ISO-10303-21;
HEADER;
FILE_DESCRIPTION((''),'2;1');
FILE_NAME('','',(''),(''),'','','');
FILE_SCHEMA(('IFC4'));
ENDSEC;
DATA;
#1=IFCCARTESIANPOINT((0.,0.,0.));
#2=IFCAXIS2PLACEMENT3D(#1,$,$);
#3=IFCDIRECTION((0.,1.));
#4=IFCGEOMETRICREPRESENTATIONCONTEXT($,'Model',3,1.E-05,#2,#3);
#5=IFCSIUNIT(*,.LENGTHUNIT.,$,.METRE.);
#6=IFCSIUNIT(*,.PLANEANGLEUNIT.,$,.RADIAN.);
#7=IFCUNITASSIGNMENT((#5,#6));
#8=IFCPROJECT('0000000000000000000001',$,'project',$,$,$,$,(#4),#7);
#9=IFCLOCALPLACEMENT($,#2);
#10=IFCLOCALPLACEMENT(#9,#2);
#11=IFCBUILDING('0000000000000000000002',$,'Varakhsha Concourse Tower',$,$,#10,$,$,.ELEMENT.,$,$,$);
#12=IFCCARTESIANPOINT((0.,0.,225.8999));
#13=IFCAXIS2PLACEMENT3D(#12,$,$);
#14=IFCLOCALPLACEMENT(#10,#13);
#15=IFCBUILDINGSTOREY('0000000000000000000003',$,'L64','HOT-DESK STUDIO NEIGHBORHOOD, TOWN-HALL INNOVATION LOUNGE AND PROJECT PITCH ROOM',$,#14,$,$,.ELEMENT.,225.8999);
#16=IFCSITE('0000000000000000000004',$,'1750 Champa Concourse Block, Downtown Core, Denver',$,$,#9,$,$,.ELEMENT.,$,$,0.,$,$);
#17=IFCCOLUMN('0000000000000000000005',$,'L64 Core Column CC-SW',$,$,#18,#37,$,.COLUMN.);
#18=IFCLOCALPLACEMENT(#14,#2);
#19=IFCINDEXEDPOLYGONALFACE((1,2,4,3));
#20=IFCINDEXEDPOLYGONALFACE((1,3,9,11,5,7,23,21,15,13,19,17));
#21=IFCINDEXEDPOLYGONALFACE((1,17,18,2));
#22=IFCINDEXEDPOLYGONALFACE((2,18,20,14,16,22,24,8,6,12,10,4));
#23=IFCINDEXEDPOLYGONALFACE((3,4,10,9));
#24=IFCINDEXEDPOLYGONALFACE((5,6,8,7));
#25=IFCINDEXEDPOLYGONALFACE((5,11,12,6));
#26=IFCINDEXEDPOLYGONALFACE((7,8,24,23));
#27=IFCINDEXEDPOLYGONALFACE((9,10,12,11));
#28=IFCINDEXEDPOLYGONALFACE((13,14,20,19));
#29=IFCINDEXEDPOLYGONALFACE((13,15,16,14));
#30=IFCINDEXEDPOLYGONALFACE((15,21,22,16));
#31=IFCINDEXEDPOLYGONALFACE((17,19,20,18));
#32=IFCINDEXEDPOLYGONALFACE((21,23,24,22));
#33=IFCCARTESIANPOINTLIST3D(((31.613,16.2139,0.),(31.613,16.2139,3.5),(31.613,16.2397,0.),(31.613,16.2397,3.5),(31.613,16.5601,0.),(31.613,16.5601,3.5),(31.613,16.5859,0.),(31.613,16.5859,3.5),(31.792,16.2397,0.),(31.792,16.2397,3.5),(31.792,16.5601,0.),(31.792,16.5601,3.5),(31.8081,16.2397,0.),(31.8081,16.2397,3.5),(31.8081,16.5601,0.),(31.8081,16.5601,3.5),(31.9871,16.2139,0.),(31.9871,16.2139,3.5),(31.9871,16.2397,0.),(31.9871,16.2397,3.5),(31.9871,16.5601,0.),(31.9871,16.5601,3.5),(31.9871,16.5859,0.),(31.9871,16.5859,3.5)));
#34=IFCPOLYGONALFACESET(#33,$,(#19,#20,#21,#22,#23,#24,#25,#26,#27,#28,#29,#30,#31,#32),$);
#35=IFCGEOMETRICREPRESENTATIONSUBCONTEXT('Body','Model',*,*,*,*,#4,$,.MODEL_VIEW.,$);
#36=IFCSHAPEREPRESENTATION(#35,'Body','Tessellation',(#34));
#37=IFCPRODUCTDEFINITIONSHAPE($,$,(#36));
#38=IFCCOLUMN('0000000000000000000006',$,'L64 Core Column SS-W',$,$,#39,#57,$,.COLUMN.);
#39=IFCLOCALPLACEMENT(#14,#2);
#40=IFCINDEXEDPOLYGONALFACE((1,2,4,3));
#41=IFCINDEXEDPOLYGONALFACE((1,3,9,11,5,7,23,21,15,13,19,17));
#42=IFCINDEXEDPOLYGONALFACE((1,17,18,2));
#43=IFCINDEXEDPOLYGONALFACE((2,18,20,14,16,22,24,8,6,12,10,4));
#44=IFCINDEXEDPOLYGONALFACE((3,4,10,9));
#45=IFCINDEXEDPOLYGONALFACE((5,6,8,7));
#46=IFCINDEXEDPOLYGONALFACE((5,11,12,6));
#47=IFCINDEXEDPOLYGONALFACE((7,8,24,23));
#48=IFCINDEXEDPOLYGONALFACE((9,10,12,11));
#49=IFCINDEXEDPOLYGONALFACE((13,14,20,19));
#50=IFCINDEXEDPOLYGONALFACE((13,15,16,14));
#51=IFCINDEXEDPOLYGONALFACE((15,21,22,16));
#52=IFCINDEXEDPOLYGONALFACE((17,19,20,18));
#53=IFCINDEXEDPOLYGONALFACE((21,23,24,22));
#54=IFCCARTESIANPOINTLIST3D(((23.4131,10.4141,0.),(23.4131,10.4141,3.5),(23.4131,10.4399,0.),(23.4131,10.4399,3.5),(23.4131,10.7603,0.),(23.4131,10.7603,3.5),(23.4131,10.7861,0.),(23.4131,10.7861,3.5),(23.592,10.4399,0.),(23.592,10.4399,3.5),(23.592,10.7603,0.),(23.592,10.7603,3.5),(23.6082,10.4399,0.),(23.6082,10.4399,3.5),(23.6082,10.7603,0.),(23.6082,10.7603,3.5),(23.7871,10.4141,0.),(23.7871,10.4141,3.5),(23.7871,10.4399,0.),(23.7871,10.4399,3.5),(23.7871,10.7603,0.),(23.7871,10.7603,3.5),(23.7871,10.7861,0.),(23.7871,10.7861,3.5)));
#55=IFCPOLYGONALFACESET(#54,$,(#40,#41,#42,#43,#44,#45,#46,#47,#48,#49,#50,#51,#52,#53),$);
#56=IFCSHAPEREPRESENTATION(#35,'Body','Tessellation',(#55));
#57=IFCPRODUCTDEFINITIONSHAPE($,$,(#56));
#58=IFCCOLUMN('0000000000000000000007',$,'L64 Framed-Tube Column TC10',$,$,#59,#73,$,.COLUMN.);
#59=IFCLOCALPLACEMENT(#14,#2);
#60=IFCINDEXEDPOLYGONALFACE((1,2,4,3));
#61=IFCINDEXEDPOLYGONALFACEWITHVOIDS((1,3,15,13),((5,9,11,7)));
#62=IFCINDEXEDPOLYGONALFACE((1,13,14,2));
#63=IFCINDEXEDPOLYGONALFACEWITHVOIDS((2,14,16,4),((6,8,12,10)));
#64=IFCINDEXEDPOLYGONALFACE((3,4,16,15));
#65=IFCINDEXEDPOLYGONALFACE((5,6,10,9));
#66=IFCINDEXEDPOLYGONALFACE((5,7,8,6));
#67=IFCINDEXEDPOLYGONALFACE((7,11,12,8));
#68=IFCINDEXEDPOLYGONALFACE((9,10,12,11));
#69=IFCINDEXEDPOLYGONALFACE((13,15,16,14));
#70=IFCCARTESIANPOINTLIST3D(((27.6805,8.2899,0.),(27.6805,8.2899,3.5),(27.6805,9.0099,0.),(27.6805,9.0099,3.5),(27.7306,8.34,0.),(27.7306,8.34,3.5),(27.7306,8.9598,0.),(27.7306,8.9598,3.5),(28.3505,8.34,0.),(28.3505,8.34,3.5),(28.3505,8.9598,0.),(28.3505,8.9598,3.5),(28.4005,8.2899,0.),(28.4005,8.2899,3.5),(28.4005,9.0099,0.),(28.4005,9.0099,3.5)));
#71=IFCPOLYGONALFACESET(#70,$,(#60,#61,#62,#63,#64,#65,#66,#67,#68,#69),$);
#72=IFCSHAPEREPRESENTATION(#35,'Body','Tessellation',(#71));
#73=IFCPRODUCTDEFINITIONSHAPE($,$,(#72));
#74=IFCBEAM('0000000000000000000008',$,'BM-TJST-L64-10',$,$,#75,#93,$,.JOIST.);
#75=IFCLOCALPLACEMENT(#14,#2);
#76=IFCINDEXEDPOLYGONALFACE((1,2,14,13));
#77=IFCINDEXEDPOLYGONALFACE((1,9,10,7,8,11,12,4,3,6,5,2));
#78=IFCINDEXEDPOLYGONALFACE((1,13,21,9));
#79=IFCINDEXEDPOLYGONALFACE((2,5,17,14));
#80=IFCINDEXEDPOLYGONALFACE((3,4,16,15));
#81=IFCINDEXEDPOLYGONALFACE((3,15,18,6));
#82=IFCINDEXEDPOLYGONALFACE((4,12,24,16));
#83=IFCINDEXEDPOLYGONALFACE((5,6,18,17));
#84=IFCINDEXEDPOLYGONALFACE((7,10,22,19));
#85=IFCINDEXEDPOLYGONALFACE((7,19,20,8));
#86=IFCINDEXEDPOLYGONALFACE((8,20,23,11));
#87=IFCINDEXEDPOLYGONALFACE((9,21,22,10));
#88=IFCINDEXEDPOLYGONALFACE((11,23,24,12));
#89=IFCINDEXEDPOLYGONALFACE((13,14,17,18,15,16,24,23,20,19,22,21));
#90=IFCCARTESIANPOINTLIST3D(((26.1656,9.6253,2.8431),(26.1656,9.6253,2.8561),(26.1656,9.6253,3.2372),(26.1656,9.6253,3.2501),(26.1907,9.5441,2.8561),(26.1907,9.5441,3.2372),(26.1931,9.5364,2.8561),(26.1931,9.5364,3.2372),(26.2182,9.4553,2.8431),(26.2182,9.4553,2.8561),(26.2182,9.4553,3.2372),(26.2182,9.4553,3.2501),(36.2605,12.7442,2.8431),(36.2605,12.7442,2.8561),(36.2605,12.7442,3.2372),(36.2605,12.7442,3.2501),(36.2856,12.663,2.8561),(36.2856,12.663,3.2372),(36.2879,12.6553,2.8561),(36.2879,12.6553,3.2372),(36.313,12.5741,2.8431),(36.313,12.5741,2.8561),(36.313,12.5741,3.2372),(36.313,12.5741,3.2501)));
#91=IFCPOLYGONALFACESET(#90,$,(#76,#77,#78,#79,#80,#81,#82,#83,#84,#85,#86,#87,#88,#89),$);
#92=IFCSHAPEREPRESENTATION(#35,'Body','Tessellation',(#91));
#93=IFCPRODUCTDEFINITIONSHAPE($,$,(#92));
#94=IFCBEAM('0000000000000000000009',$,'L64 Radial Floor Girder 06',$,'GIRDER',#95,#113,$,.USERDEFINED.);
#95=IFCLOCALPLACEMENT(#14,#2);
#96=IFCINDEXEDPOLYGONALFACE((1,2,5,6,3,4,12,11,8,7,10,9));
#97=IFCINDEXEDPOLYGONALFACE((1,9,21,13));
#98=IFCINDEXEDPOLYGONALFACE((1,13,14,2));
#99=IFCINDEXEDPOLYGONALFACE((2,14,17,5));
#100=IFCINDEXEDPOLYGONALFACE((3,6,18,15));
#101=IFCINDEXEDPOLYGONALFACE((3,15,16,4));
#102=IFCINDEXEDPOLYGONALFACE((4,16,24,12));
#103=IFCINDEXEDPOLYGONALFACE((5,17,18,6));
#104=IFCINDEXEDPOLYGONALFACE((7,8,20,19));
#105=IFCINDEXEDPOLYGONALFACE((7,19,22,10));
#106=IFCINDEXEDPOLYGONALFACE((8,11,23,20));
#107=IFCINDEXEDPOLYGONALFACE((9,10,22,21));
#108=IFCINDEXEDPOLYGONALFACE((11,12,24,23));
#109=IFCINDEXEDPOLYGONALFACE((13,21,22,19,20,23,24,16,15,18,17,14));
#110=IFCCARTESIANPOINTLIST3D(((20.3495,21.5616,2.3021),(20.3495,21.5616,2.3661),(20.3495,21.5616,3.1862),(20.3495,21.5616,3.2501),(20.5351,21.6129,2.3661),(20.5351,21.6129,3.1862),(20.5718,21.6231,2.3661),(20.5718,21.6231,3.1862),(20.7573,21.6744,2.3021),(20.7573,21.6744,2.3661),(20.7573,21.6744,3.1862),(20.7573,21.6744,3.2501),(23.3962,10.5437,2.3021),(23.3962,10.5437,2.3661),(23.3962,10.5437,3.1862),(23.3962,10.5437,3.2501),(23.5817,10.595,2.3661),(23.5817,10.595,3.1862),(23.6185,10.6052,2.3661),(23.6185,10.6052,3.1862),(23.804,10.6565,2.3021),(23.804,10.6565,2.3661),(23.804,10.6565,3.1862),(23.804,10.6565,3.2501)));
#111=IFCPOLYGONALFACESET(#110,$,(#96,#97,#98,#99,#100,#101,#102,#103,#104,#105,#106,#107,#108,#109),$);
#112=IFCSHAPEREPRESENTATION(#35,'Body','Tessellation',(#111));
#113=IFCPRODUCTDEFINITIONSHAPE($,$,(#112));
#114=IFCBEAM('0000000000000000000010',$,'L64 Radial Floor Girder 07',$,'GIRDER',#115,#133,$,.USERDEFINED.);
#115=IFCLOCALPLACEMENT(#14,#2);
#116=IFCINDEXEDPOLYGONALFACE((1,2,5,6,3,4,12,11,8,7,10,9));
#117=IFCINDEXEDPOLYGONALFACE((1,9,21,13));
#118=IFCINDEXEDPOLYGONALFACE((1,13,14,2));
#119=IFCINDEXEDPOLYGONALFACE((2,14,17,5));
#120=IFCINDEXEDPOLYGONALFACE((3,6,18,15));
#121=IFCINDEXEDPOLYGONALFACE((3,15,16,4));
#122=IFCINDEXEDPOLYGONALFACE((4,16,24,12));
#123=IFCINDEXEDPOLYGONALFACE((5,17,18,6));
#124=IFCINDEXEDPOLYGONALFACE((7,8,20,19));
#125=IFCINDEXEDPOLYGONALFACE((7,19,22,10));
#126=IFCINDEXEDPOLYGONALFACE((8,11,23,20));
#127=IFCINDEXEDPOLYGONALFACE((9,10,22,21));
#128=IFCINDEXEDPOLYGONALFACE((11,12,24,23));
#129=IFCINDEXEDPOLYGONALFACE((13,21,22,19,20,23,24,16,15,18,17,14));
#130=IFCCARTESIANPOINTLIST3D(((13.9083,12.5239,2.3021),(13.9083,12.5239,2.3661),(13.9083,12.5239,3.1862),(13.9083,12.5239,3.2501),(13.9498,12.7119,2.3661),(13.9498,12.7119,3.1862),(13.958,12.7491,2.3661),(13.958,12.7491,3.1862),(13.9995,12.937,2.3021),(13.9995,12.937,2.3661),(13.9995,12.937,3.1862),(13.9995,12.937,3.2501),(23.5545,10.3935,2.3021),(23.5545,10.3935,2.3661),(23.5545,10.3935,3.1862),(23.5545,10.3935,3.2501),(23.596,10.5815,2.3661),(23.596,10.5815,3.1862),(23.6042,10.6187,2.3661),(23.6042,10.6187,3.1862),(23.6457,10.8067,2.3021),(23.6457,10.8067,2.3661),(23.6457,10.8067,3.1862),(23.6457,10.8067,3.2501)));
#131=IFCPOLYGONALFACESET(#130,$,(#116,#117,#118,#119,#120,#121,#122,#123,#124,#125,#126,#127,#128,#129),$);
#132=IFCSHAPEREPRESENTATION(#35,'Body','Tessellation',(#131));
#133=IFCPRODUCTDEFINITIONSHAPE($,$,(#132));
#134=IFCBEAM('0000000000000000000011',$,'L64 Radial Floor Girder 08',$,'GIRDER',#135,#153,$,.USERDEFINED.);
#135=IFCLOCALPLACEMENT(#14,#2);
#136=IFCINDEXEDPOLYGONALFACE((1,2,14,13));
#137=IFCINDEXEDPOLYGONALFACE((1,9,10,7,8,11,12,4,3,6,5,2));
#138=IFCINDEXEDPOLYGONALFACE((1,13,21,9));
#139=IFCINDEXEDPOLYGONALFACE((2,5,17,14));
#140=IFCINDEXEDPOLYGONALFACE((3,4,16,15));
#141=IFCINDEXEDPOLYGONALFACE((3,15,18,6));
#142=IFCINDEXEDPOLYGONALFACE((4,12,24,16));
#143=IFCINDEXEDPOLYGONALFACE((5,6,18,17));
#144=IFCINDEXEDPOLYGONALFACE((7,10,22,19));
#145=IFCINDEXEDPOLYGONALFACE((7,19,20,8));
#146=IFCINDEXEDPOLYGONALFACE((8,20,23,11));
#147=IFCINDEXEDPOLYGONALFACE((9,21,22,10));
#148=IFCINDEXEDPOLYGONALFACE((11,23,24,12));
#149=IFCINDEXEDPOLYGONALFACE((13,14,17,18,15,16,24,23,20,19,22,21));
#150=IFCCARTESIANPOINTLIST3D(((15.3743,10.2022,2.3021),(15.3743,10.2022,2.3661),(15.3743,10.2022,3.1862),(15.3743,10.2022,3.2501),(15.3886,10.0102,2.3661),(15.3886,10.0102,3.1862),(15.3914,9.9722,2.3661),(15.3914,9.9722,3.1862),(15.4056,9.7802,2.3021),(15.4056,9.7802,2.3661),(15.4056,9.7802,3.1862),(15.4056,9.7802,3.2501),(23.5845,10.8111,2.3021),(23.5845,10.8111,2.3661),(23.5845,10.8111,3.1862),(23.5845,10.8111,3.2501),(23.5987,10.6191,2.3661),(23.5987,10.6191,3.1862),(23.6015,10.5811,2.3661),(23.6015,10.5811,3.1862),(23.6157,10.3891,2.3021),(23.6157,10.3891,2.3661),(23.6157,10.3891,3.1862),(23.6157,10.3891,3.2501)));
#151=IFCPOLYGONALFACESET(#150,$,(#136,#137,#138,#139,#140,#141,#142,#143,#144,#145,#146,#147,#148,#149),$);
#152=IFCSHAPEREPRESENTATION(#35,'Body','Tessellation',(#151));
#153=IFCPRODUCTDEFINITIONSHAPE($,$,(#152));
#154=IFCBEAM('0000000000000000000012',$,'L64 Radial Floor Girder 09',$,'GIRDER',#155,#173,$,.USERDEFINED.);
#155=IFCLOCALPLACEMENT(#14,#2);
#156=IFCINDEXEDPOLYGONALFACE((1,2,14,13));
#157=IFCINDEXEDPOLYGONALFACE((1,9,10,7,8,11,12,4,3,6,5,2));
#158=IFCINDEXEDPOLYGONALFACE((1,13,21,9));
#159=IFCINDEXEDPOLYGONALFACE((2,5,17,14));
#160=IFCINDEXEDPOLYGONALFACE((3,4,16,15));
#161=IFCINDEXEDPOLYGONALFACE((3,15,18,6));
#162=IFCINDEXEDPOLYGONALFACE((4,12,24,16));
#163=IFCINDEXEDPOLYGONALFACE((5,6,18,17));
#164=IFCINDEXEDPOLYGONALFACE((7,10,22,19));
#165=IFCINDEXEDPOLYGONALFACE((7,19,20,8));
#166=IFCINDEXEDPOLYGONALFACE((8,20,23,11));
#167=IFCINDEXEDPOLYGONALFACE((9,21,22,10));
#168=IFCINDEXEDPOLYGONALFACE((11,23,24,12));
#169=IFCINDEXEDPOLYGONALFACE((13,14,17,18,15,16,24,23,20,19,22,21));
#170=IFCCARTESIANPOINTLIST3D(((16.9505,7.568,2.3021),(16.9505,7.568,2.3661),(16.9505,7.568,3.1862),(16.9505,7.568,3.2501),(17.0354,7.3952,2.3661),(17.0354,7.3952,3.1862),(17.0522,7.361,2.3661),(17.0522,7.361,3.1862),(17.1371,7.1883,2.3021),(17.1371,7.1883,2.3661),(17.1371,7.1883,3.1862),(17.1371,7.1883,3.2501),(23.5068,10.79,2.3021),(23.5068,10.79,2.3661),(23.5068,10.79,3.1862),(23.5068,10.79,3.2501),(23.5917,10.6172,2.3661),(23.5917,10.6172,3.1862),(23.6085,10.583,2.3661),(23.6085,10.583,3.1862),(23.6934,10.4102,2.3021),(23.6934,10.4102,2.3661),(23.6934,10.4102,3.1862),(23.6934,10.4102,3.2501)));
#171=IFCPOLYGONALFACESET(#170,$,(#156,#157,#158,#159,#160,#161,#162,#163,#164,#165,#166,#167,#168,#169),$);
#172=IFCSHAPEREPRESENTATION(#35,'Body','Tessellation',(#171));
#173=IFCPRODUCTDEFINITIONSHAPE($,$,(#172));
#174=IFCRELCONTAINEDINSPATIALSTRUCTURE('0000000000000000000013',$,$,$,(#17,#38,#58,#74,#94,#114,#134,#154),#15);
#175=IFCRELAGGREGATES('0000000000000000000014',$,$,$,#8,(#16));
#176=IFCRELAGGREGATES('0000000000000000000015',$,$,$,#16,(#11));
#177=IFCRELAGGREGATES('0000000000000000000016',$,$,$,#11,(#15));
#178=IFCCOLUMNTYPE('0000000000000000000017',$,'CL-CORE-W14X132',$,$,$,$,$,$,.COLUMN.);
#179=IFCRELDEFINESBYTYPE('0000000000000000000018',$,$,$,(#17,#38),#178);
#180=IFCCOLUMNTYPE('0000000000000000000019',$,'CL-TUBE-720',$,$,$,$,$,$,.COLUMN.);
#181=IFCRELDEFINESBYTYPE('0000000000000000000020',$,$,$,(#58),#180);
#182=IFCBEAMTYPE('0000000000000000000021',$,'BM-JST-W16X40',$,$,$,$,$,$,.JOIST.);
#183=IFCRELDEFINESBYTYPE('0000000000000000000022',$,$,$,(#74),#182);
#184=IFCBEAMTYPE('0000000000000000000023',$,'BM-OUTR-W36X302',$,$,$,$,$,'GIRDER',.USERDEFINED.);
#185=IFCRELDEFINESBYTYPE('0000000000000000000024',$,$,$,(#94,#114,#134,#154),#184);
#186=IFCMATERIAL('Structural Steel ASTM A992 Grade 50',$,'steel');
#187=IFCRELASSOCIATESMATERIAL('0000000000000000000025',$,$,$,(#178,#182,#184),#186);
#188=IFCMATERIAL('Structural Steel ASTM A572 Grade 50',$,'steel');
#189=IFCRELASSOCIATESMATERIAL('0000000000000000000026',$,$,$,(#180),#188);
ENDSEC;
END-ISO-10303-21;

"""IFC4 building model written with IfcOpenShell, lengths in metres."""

from ifc_helpers import new_model, si_unit, direction, frame, origin, origin_2d, place, context, subcontext, project, spatial, hollow_rectangle, i_section, extrude, material, material_profile, profile_set, type_object, element, save


model = new_model("IFC4")

# Units and contexts
model_context = context("Model", 3, precision=1e-05, world=origin(), true_north=direction((0.0, 1.0)))
body_context = subcontext(model_context, "Body", "Model", "MODEL_VIEW")
ifc_project = project(units=[si_unit("LENGTHUNIT", "METRE"), si_unit("PLANEANGLEUNIT", "RADIAN")], contexts=[model_context])

# Site, building, storey
site_placement = place(None, origin())
site = spatial("IfcSite", under=ifc_project, at=site_placement, Name="1750 Champa Concourse Block, Downtown Core, Denver", CompositionType="ELEMENT", RefElevation=0.0)
building_placement = place(site_placement, origin())
building = spatial("IfcBuilding", under=site, at=building_placement, Name="Varakhsha Concourse Tower", CompositionType="ELEMENT")
storey_placement = place(building_placement, frame((0.0, 0.0, 225.8999)))
storey = spatial("IfcBuildingStorey", under=building, at=storey_placement, Name="L64", Description="HOT-DESK STUDIO NEIGHBORHOOD, TOWN-HALL INNOVATION LOUNGE AND PROJECT PITCH ROOM", CompositionType="ELEMENT", Elevation=225.8999)

# Columns
ifc_material_1 = material(Name="Structural Steel ASTM A992 Grade 50", Category="steel")
ifc_material_profile_1 = material_profile(ifc_material_1, i_section(OverallWidth=0.374, OverallDepth=0.3721, WebThickness=0.0161, FlangeThickness=0.0259, at=origin_2d()), Name="W14X132")
ifc_profile_set_1 = profile_set([ifc_material_profile_1], Name="Structural Steel ASTM A992 Grade 50")
column_type_1 = type_object("IfcColumnType", Name="CL-CORE-W14X132", PredefinedType="COLUMN", material=ifc_profile_set_1)
for number, where, z_axis, x_axis, name in (
    (1, (31.8, 16.3999, 0.0), (0.0, 0.0, 1.0), (1.0, 0.0, 0.0), "L64 Core Column CC-SW"),
    (2, (23.6001, 10.6001, 0.0), (0.0, 0.0, 1.0), (1.0, 0.0, 0.0), "L64 Core Column SS-W"),
):
    element("IfcColumn", number, at=place(storey_placement, frame(where, z_axis=z_axis, x_axis=x_axis)), inside=storey, type_object=column_type_1, Name=name, PredefinedType="COLUMN", context=body_context, shape_type="SweptSolid", body=[
        extrude(i_section(OverallWidth=0.374, OverallDepth=0.3721, WebThickness=0.0161, FlangeThickness=0.0259, at=origin_2d()), origin(), (0.0, 0.0, 1.0), 3.5),
    ])
ifc_material_2 = material(Name="Structural Steel ASTM A572 Grade 50", Category="steel")
ifc_material_profile_2 = material_profile(ifc_material_2, hollow_rectangle(XDim=0.72, YDim=0.72, WallThickness=0.05, at=origin_2d()), Name="BOX 720x720x50")
ifc_profile_set_2 = profile_set([ifc_material_profile_2], Name="Structural Steel ASTM A572 Grade 50")
column_type_2 = type_object("IfcColumnType", Name="CL-TUBE-720", PredefinedType="COLUMN", material=ifc_profile_set_2)
column_placement = place(storey_placement, frame((28.0405, 8.6499, 0.0), z_axis=(0.0, 0.0, 1.0), x_axis=(1.0, 0.0, 0.0)))
element("IfcColumn", 3, at=column_placement, inside=storey, type_object=column_type_2, Name="L64 Framed-Tube Column TC10", PredefinedType="COLUMN", context=body_context, shape_type="SweptSolid", body=[
    extrude(hollow_rectangle(XDim=0.72, YDim=0.72, WallThickness=0.05, at=origin_2d()), origin(), (0.0, 0.0, 1.0), 3.5),
])

# Beams
ifc_material_profile_3 = material_profile(ifc_material_1, i_section(OverallWidth=0.178, OverallDepth=0.407, WebThickness=0.0081, FlangeThickness=0.0129, at=origin_2d()), Name="W16X40")
ifc_profile_set_3 = profile_set([ifc_material_profile_3], Name="Structural Steel ASTM A992 Grade 50")
beam_type_1 = type_object("IfcBeamType", Name="BM-JST-W16X40", PredefinedType="JOIST", material=ifc_profile_set_3)
beam_1_placement = place(storey_placement, frame((26.1919, 9.5403, 3.0466), z_axis=(0.955439, 0.295188, 0.0), x_axis=(-0.295188, 0.955439, 0.0)))
element("IfcBeam", 4, at=beam_1_placement, inside=storey, type_object=beam_type_1, Name="BM-TJST-L64-10", PredefinedType="JOIST", context=body_context, shape_type="SweptSolid", body=[
    extrude(i_section(OverallWidth=0.178, OverallDepth=0.407, WebThickness=0.0081, FlangeThickness=0.0129, at=origin_2d()), origin(), (0.0, 0.0, 1.0), 10.5657),
])
ifc_material_profile_4 = material_profile(ifc_material_1, i_section(OverallWidth=0.4231, OverallDepth=0.948, WebThickness=0.0381, FlangeThickness=0.064, at=origin_2d()), Name="W36X302")
ifc_profile_set_4 = profile_set([ifc_material_profile_4], Name="Structural Steel ASTM A992 Grade 50")
beam_type_2 = type_object("IfcBeamType", Name="BM-OUTR-W36X302", ElementType="GIRDER", PredefinedType="USERDEFINED", material=ifc_profile_set_4)
beam_2_placement = place(storey_placement, frame((23.6001, 10.6001, 2.7761), z_axis=(-0.266517, 0.96383, 0.0), x_axis=(-0.96383, -0.266517, 0.0)))
element("IfcBeam", 5, at=beam_2_placement, inside=storey, type_object=beam_type_2, Name="L64 Radial Floor Girder 06", ObjectType="GIRDER", PredefinedType="USERDEFINED", context=body_context, shape_type="SweptSolid", body=[
    extrude(i_section(OverallWidth=0.4231, OverallDepth=0.948, WebThickness=0.0381, FlangeThickness=0.064, at=origin_2d()), origin(), (0.0, 0.0, 1.0), 11.4314),
])
beam_3_placement = place(storey_placement, frame((23.6001, 10.6001, 2.7761), z_axis=(-0.97647, 0.215653, 0.0), x_axis=(-0.215653, -0.97647, 0.0)))
element("IfcBeam", 6, at=beam_3_placement, inside=storey, type_object=beam_type_2, Name="L64 Radial Floor Girder 07", ObjectType="GIRDER", PredefinedType="USERDEFINED", context=body_context, shape_type="SweptSolid", body=[
    extrude(i_section(OverallWidth=0.4231, OverallDepth=0.948, WebThickness=0.0381, FlangeThickness=0.064, at=origin_2d()), origin(), (0.0, 0.0, 1.0), 9.8787),
])
beam_4_placement = place(storey_placement, frame((23.6001, 10.6001, 2.7761), z_axis=(-0.997261, -0.073959, 0.0), x_axis=(0.073959, -0.997261, 0.0)))
element("IfcBeam", 7, at=beam_4_placement, inside=storey, type_object=beam_type_2, Name="L64 Radial Floor Girder 08", ObjectType="GIRDER", PredefinedType="USERDEFINED", context=body_context, shape_type="SweptSolid", body=[
    extrude(i_section(OverallWidth=0.4231, OverallDepth=0.948, WebThickness=0.0381, FlangeThickness=0.064, at=origin_2d()), origin(), (0.0, 0.0, 1.0), 8.2327),
])
beam_5_placement = place(storey_placement, frame((23.6001, 10.6001, 2.7761), z_axis=(-0.897481, -0.441054, 0.0), x_axis=(0.441054, -0.897481, 0.0)))
element("IfcBeam", 8, at=beam_5_placement, inside=storey, type_object=beam_type_2, Name="L64 Radial Floor Girder 09", ObjectType="GIRDER", PredefinedType="USERDEFINED", context=body_context, shape_type="SweptSolid", body=[
    extrude(i_section(OverallWidth=0.4231, OverallDepth=0.948, WebThickness=0.0381, FlangeThickness=0.064, at=origin_2d()), origin(), (0.0, 0.0, 1.0), 7.3052),
])

save(model, "model.ifc")
